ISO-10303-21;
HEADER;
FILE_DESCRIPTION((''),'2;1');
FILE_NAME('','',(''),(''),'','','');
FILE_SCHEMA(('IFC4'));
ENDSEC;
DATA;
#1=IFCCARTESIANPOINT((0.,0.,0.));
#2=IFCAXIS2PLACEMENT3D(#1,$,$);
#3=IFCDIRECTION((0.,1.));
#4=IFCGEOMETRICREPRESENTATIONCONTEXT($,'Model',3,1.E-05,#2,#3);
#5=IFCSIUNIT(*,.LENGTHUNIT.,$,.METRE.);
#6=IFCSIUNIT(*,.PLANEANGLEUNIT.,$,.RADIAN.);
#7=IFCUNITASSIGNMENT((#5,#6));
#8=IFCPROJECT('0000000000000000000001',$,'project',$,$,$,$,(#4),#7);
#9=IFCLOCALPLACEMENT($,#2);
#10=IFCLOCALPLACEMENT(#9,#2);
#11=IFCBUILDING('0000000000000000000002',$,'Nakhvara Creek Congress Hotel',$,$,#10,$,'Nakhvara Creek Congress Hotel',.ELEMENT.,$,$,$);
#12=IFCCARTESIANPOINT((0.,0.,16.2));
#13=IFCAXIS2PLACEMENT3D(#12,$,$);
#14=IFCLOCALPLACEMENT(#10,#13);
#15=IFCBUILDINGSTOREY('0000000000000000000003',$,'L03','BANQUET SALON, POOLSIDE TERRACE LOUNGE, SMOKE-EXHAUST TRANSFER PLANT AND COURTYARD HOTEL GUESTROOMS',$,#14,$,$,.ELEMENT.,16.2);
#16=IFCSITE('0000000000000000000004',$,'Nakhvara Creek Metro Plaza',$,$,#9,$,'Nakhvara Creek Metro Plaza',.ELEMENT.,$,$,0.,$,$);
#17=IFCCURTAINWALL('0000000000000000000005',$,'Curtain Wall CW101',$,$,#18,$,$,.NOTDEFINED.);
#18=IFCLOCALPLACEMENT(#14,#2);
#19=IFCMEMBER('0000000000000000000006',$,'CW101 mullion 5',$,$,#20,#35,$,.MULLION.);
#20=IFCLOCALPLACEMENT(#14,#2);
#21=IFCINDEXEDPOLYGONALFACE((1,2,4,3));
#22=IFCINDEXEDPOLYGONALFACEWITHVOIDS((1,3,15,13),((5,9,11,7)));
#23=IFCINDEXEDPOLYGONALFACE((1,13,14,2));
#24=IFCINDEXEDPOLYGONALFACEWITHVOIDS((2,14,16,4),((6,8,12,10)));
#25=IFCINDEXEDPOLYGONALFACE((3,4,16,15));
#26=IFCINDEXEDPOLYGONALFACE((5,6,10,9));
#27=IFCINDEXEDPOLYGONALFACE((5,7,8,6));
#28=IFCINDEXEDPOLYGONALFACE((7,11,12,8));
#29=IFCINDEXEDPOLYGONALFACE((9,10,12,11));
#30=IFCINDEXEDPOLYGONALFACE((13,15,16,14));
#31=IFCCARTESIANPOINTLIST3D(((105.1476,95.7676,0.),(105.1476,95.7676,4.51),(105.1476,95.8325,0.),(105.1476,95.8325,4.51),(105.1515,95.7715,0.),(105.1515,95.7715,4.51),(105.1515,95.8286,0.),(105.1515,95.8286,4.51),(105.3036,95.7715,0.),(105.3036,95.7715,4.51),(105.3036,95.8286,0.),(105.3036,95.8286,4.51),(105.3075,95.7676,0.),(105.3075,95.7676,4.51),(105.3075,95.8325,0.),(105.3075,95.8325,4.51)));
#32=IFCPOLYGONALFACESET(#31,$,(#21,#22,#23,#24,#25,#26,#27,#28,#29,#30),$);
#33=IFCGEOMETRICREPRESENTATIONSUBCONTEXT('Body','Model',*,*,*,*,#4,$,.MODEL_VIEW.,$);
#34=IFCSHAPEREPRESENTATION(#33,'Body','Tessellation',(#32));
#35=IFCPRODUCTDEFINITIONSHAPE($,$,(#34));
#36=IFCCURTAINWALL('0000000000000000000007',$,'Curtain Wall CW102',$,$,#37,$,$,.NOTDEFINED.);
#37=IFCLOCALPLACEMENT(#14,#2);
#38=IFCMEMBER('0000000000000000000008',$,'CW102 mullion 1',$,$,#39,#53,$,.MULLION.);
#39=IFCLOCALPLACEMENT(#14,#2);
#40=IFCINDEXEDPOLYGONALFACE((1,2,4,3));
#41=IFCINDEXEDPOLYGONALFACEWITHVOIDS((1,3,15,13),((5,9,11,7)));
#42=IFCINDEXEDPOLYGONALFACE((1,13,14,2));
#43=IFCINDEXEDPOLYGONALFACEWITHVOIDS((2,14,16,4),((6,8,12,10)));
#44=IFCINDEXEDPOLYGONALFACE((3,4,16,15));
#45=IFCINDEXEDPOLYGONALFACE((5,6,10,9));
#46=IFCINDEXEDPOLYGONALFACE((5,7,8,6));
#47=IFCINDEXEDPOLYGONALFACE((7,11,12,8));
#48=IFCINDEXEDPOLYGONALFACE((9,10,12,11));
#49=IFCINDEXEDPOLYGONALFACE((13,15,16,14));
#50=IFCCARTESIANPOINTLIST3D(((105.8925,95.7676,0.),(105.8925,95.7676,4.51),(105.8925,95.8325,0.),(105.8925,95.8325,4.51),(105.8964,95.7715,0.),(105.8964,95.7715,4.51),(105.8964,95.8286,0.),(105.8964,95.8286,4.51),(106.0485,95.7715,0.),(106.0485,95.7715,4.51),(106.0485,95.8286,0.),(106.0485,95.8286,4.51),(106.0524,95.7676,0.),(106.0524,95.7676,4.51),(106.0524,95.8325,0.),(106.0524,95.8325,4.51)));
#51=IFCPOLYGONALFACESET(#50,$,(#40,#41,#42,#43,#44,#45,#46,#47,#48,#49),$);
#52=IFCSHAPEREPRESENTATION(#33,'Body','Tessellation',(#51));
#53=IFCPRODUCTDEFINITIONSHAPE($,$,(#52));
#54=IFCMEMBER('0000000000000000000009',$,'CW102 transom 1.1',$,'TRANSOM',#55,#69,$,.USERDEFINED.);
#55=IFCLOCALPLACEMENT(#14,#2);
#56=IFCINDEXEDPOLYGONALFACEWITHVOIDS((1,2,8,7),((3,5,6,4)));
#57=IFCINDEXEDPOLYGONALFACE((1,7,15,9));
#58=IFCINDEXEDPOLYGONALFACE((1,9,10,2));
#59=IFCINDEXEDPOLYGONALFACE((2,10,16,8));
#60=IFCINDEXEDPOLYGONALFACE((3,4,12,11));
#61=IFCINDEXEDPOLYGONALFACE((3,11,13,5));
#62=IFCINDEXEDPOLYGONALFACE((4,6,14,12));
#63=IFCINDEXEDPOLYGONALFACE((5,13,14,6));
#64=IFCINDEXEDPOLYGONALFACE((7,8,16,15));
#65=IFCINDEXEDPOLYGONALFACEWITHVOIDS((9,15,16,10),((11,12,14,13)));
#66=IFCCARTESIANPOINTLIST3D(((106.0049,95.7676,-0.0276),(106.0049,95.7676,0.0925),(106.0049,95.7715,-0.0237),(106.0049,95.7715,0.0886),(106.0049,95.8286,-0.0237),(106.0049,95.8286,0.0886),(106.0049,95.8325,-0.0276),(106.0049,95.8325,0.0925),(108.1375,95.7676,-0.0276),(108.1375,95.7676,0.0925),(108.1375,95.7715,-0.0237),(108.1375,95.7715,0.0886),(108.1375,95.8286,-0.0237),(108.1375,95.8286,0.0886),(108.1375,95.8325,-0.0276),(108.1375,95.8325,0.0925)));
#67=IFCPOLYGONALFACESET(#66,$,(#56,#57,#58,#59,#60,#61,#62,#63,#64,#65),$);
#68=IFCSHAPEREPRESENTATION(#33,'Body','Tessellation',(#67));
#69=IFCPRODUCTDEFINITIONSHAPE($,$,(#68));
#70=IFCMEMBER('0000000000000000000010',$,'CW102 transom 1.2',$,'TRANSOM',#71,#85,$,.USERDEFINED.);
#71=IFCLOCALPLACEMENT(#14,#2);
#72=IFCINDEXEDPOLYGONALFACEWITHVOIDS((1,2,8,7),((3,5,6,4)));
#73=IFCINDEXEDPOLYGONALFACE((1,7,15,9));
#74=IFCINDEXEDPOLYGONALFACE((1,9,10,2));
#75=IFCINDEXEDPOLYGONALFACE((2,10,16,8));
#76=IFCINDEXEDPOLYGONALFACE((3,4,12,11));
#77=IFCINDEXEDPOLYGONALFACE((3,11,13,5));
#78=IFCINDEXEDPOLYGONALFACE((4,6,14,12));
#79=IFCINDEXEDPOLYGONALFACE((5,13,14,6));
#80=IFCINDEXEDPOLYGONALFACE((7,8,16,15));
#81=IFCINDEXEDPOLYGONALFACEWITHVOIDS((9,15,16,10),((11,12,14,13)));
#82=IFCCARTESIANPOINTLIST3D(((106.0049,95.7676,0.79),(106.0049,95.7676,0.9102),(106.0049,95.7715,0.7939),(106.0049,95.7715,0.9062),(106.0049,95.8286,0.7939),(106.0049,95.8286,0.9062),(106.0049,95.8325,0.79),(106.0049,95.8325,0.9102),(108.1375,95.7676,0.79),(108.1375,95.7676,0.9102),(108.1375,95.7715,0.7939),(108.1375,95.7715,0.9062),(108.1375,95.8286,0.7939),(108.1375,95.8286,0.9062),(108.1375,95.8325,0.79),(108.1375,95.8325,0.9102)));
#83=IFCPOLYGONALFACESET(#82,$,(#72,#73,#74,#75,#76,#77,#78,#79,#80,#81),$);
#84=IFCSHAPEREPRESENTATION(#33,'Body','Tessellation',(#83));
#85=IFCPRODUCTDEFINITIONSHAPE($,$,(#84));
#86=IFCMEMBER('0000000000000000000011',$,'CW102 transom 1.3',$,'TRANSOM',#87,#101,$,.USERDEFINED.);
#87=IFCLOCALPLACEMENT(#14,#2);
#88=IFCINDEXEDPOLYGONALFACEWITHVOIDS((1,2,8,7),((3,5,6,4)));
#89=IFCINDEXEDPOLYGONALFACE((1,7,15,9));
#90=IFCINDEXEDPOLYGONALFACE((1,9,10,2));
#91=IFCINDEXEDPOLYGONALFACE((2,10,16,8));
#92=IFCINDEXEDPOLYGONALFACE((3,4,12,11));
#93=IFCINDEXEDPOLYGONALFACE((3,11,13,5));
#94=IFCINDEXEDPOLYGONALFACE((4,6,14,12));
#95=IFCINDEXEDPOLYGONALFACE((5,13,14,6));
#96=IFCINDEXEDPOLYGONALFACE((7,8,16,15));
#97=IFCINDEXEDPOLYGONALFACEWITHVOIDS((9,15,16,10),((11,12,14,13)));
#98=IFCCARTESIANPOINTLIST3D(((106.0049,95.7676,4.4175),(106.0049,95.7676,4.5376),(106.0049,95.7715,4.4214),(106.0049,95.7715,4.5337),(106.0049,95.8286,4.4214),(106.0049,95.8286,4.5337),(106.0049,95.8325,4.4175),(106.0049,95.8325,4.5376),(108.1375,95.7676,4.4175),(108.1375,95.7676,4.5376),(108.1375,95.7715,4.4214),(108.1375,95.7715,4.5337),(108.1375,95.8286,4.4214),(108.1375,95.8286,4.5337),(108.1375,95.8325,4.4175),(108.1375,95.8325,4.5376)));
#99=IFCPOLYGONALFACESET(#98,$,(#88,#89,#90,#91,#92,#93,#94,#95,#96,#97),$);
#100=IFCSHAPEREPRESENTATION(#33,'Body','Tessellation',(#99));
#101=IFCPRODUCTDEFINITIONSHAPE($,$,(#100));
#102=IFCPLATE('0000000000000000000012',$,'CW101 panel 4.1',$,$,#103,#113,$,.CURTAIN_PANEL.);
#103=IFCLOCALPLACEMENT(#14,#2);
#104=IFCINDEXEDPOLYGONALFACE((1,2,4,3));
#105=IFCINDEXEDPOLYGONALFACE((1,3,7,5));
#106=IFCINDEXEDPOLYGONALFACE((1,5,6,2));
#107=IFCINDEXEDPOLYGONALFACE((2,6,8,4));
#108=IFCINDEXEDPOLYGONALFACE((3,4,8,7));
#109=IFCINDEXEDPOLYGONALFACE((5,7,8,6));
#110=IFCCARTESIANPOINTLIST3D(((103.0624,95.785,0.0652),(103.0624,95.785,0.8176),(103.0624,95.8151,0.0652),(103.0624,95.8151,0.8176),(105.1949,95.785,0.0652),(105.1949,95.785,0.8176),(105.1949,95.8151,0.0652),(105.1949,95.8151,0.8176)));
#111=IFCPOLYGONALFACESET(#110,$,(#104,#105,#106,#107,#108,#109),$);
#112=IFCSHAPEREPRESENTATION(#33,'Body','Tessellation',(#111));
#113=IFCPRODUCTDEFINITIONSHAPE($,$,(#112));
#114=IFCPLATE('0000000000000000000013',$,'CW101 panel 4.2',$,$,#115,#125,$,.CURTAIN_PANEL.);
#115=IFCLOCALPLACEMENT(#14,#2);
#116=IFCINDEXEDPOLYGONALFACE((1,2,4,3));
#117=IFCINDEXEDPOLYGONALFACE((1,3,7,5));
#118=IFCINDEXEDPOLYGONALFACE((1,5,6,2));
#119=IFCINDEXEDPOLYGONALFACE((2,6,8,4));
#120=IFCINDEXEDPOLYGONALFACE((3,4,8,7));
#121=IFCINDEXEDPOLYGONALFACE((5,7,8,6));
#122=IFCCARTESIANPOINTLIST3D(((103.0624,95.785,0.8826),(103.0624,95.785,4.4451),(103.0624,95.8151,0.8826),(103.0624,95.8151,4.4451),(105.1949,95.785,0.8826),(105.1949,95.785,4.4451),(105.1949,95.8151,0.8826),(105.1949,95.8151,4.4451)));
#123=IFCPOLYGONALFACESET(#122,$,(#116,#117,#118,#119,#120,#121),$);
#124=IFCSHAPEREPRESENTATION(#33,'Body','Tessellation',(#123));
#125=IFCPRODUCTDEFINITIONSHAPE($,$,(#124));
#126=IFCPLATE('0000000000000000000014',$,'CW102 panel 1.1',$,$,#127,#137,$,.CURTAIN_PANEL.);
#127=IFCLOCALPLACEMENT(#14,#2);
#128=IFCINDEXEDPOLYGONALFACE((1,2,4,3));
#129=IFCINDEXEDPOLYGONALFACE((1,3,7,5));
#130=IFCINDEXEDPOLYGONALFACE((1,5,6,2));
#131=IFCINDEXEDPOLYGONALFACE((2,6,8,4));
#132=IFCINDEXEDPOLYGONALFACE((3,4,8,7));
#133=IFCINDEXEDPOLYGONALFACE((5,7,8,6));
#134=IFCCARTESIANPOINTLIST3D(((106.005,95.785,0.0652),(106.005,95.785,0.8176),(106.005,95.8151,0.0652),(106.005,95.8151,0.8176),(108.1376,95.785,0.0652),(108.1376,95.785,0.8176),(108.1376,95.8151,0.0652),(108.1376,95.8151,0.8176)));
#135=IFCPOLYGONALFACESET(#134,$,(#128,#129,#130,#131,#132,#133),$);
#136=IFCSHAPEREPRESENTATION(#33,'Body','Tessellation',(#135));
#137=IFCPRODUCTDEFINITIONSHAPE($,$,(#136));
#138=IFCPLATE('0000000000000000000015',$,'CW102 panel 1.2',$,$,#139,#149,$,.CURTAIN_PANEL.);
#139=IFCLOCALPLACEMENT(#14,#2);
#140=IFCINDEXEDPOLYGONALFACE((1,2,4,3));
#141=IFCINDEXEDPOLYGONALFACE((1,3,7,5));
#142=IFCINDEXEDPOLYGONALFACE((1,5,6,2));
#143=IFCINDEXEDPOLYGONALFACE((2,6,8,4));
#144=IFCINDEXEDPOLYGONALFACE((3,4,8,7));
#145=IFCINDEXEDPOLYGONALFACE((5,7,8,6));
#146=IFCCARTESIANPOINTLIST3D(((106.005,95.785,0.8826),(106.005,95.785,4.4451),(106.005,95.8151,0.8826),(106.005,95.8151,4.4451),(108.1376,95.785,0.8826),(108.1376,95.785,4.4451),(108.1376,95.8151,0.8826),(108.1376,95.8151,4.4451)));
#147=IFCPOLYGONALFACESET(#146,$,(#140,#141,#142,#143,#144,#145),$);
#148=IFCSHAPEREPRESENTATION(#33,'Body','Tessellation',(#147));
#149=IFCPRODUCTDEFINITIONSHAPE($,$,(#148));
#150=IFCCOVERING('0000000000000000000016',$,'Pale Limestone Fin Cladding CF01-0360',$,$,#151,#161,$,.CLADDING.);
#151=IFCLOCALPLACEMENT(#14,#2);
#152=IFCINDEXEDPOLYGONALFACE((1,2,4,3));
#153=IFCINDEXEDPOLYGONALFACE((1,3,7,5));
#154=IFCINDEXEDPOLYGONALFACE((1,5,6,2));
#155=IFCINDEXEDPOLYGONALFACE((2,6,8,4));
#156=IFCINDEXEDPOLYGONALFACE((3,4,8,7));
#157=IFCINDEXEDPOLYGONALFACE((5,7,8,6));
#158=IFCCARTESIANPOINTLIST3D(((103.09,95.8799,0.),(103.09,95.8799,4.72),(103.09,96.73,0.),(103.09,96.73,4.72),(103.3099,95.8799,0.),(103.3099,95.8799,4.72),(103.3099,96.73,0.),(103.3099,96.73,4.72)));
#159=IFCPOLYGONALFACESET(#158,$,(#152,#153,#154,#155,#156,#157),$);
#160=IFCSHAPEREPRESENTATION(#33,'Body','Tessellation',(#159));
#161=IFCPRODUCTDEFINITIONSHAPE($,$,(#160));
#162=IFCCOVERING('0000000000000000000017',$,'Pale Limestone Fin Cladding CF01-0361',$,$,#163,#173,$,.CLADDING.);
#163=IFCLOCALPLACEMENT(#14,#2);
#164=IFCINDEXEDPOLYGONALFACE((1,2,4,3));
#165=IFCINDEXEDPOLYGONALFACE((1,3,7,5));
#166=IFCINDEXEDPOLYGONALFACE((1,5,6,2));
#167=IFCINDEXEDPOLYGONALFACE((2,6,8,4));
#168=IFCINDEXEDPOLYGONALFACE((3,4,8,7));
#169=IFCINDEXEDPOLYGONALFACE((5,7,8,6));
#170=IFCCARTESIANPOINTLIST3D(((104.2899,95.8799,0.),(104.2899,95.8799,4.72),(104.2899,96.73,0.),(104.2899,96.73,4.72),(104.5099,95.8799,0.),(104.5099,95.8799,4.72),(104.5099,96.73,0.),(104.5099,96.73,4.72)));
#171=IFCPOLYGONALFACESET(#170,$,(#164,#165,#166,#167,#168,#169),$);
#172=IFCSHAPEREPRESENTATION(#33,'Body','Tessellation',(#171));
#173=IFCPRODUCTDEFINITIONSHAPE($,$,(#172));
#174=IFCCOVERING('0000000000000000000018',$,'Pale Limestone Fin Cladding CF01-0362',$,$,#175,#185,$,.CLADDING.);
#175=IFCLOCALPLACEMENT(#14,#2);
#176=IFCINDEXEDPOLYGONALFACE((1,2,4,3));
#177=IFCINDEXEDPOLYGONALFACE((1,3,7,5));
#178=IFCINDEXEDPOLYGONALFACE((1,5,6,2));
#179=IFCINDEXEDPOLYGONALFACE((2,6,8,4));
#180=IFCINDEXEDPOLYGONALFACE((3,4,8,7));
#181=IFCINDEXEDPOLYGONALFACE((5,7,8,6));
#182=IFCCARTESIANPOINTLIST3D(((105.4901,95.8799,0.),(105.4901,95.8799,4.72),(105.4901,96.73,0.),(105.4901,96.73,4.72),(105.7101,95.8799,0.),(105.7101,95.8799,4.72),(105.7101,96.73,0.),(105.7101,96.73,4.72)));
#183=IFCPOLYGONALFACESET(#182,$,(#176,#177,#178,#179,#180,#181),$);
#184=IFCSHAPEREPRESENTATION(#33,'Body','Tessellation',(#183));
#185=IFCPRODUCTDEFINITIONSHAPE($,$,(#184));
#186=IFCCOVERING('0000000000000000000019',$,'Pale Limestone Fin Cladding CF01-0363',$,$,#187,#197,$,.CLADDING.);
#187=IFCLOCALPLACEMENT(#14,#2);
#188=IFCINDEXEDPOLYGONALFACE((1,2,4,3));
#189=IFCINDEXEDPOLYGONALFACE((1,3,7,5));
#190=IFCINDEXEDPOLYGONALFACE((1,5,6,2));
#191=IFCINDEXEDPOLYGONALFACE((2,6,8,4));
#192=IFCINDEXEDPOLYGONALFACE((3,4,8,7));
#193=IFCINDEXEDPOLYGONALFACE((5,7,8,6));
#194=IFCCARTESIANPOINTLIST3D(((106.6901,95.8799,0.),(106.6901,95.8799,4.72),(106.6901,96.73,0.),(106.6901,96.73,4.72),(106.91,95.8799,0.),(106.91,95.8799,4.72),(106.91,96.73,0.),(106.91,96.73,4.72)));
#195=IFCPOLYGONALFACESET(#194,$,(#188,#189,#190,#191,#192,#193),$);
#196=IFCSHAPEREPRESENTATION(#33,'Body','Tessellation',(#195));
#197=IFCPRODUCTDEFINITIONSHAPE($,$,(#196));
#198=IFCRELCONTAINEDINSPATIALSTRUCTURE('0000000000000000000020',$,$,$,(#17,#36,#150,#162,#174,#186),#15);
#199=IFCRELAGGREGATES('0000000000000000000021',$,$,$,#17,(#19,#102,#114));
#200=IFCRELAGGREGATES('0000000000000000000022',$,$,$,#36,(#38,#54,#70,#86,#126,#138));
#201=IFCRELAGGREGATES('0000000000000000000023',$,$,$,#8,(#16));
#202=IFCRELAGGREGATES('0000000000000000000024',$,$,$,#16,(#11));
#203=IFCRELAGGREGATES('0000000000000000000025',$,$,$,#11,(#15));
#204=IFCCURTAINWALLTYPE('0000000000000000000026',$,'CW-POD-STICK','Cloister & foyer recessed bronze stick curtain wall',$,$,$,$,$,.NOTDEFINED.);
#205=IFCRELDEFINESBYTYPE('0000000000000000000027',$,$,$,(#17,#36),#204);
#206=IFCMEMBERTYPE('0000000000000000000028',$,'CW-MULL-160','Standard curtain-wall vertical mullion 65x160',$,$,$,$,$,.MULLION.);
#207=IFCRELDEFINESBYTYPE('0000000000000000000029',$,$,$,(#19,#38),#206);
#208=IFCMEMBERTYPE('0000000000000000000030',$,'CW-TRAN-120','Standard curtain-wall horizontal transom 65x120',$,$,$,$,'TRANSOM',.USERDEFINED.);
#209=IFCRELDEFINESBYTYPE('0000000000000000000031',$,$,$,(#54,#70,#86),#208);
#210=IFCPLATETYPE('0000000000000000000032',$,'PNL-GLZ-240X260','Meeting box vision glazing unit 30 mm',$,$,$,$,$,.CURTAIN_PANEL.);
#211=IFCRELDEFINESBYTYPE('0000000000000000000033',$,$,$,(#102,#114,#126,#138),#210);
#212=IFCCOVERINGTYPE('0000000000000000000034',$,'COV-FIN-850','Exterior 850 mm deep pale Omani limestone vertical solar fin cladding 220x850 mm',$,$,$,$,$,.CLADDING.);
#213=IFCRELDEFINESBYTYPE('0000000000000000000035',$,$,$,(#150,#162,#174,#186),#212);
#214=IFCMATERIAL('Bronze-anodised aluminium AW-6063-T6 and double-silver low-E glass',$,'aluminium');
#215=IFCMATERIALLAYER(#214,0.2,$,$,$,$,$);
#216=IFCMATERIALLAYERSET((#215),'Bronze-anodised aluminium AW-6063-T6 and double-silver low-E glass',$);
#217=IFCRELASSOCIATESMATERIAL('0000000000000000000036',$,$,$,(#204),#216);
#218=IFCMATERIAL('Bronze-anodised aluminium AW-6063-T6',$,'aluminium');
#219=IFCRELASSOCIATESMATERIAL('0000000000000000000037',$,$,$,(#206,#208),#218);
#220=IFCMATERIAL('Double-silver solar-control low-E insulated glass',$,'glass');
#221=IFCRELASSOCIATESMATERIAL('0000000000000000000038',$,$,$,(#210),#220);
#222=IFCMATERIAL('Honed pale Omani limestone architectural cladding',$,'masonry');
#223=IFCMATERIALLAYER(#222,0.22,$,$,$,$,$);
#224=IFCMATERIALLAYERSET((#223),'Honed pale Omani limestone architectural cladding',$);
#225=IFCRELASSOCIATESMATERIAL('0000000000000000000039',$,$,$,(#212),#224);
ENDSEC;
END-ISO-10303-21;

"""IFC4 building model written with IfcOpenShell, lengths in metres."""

from ifc_helpers import new_model, si_unit, direction, frame, origin, origin_2d, place, context, subcontext, project, spatial, rectangle, hollow_rectangle, extrude, material, layer, layer_set, material_profile, profile_set, type_object, element, aggregate, save


model = new_model("IFC4")

# Units and contexts
model_context = context("Model", 3, precision=1e-05, world=origin(), true_north=direction((0.0, 1.0)))
body_context = subcontext(model_context, "Body", "Model", "MODEL_VIEW")
ifc_project = project(units=[si_unit("LENGTHUNIT", "METRE"), si_unit("PLANEANGLEUNIT", "RADIAN")], contexts=[model_context])

# Site, building, storey
site_placement = place(None, origin())
site = spatial("IfcSite", under=ifc_project, at=site_placement, Name="Nakhvara Creek Metro Plaza", LongName="Nakhvara Creek Metro Plaza", CompositionType="ELEMENT", RefElevation=0.0)
building_placement = place(site_placement, origin())
building = spatial("IfcBuilding", under=site, at=building_placement, Name="Nakhvara Creek Congress Hotel", LongName="Nakhvara Creek Congress Hotel", CompositionType="ELEMENT")
storey_placement = place(building_placement, frame((0.0, 0.0, 16.2)))
storey = spatial("IfcBuildingStorey", under=building, at=storey_placement, Name="L03", Description="BANQUET SALON, POOLSIDE TERRACE LOUNGE, SMOKE-EXHAUST TRANSFER PLANT AND COURTYARD HOTEL GUESTROOMS", CompositionType="ELEMENT", Elevation=16.2)

# Curtain wall, member
ifc_material_1 = material(Name="Bronze-anodised aluminium AW-6063-T6 and double-silver low-E glass", Category="aluminium")
ifc_layer_1 = layer(ifc_material_1, 0.2)
ifc_layer_set_1 = layer_set([ifc_layer_1], Name="Bronze-anodised aluminium AW-6063-T6 and double-silver low-E glass")
curtain_wall_type = type_object("IfcCurtainWallType", Name="CW-POD-STICK", Description="Cloister & foyer recessed bronze stick curtain wall", PredefinedType="NOTDEFINED", material=ifc_layer_set_1)
curtain_wall_1_placement = place(storey_placement, origin())
curtain_wall_1 = element("IfcCurtainWall", 1, at=curtain_wall_1_placement, inside=storey, type_object=curtain_wall_type, Name="Curtain Wall CW101", PredefinedType="NOTDEFINED")
ifc_material_2 = material(Name="Bronze-anodised aluminium AW-6063-T6", Category="aluminium")
ifc_material_profile_1 = material_profile(ifc_material_2, hollow_rectangle(XDim=0.0649, YDim=0.1599, WallThickness=0.0039, at=origin_2d()), Name="ALU-MULL 65x160x4", Category="LoadBearing")
ifc_profile_set_1 = profile_set([ifc_material_profile_1], Name="Bronze-anodised aluminium AW-6063-T6")
member_type_1 = type_object("IfcMemberType", Name="CW-MULL-160", Description="Standard curtain-wall vertical mullion 65x160", PredefinedType="MULLION", material=ifc_profile_set_1)
member_1_placement = place(storey_placement, frame((105.2275, 95.8, 0.0), z_axis=(0.0, 0.0, 1.0), x_axis=(0.0, 1.0, 0.0)))
member_1 = element("IfcMember", 2, at=member_1_placement, type_object=member_type_1, Name="CW101 mullion 5", PredefinedType="MULLION", context=body_context, shape_type="SweptSolid", body=[
    extrude(hollow_rectangle(XDim=0.0649, YDim=0.1599, WallThickness=0.0039, at=origin_2d()), origin(), (0.0, 0.0, 1.0), 4.51),
])

# Curtain wall, members
curtain_wall_2_placement = place(storey_placement, origin())
curtain_wall_2 = element("IfcCurtainWall", 3, at=curtain_wall_2_placement, inside=storey, type_object=curtain_wall_type, Name="Curtain Wall CW102", PredefinedType="NOTDEFINED")
member_2_placement = place(storey_placement, frame((105.9724, 95.8, 0.0), z_axis=(0.0, 0.0, 1.0), x_axis=(0.0, 1.0, 0.0)))
member_2 = element("IfcMember", 4, at=member_2_placement, type_object=member_type_1, Name="CW102 mullion 1", PredefinedType="MULLION", context=body_context, shape_type="SweptSolid", body=[
    extrude(hollow_rectangle(XDim=0.0649, YDim=0.1599, WallThickness=0.0039, at=origin_2d()), origin(), (0.0, 0.0, 1.0), 4.51),
])
ifc_material_profile_2 = material_profile(ifc_material_2, hollow_rectangle(XDim=0.0649, YDim=0.1201, WallThickness=0.0039, at=origin_2d()), Name="ALU-TRAN 65x120x4", Category="LoadBearing")
ifc_profile_set_2 = profile_set([ifc_material_profile_2], Name="Bronze-anodised aluminium AW-6063-T6")
member_type_2 = type_object("IfcMemberType", Name="CW-TRAN-120", Description="Standard curtain-wall horizontal transom 65x120", ElementType="TRANSOM", PredefinedType="USERDEFINED", material=ifc_profile_set_2)
member_3_placement = place(storey_placement, frame((106.0049, 95.8, 0.0325), z_axis=(1.0, 0.0, 0.0), x_axis=(0.0, 1.0, 0.0)))
member_3 = element("IfcMember", 5, at=member_3_placement, type_object=member_type_2, Name="CW102 transom 1.1", ObjectType="TRANSOM", PredefinedType="USERDEFINED", context=body_context, shape_type="SweptSolid", body=[
    extrude(hollow_rectangle(XDim=0.0649, YDim=0.1201, WallThickness=0.0039, at=origin_2d()), origin(), (0.0, 0.0, 1.0), 2.1326),
])
member_4_placement = place(storey_placement, frame((106.0049, 95.8, 0.8501), z_axis=(1.0, 0.0, 0.0), x_axis=(0.0, 1.0, 0.0)))
member_4 = element("IfcMember", 6, at=member_4_placement, type_object=member_type_2, Name="CW102 transom 1.2", ObjectType="TRANSOM", PredefinedType="USERDEFINED", context=body_context, shape_type="SweptSolid", body=[
    extrude(hollow_rectangle(XDim=0.0649, YDim=0.1201, WallThickness=0.0039, at=origin_2d()), origin(), (0.0, 0.0, 1.0), 2.1326),
])
member_5_placement = place(storey_placement, frame((106.0049, 95.8, 4.4775), z_axis=(1.0, 0.0, 0.0), x_axis=(0.0, 1.0, 0.0)))
member_5 = element("IfcMember", 7, at=member_5_placement, type_object=member_type_2, Name="CW102 transom 1.3", ObjectType="TRANSOM", PredefinedType="USERDEFINED", context=body_context, shape_type="SweptSolid", body=[
    extrude(hollow_rectangle(XDim=0.0649, YDim=0.1201, WallThickness=0.0039, at=origin_2d()), origin(), (0.0, 0.0, 1.0), 2.1326),
])

# Plates
ifc_material_3 = material(Name="Double-silver solar-control low-E insulated glass", Category="glass")
plate_type = type_object("IfcPlateType", Name="PNL-GLZ-240X260", Description="Meeting box vision glazing unit 30 mm", PredefinedType="CURTAIN_PANEL", material=ifc_material_3)
plate_1_placement = place(storey_placement, frame((104.1287, 95.8, 0.0652), z_axis=(0.0, 0.0, 1.0), x_axis=(1.0, 0.0, 0.0)))
plate_1 = element("IfcPlate", 8, at=plate_1_placement, type_object=plate_type, Name="CW101 panel 4.1", PredefinedType="CURTAIN_PANEL", context=body_context, shape_type="SweptSolid", body=[
    extrude(rectangle(XDim=2.1326, YDim=0.03, at=origin_2d()), origin(), (0.0, 0.0, 1.0), 0.7524),
])
plate_2_placement = place(storey_placement, frame((104.1287, 95.8, 0.8826), z_axis=(0.0, 0.0, 1.0), x_axis=(1.0, 0.0, 0.0)))
plate_2 = element("IfcPlate", 9, at=plate_2_placement, type_object=plate_type, Name="CW101 panel 4.2", PredefinedType="CURTAIN_PANEL", context=body_context, shape_type="SweptSolid", body=[
    extrude(rectangle(XDim=2.1326, YDim=0.03, at=origin_2d()), origin(), (0.0, 0.0, 1.0), 3.5625),
])
aggregate(curtain_wall_1, [member_1, plate_1, plate_2])
plate_3_placement = place(storey_placement, frame((107.0713, 95.8, 0.0652), z_axis=(0.0, 0.0, 1.0), x_axis=(1.0, 0.0, 0.0)))
plate_3 = element("IfcPlate", 10, at=plate_3_placement, type_object=plate_type, Name="CW102 panel 1.1", PredefinedType="CURTAIN_PANEL", context=body_context, shape_type="SweptSolid", body=[
    extrude(rectangle(XDim=2.1326, YDim=0.03, at=origin_2d()), origin(), (0.0, 0.0, 1.0), 0.7524),
])
plate_4_placement = place(storey_placement, frame((107.0713, 95.8, 0.8826), z_axis=(0.0, 0.0, 1.0), x_axis=(1.0, 0.0, 0.0)))
plate_4 = element("IfcPlate", 11, at=plate_4_placement, type_object=plate_type, Name="CW102 panel 1.2", PredefinedType="CURTAIN_PANEL", context=body_context, shape_type="SweptSolid", body=[
    extrude(rectangle(XDim=2.1326, YDim=0.03, at=origin_2d()), origin(), (0.0, 0.0, 1.0), 3.5625),
])
aggregate(curtain_wall_2, [member_2, member_3, member_4, member_5, plate_3, plate_4])

# Coverings
ifc_material_4 = material(Name="Honed pale Omani limestone architectural cladding", Category="masonry")
ifc_layer_2 = layer(ifc_material_4, 0.22)
ifc_layer_set_2 = layer_set([ifc_layer_2], Name="Honed pale Omani limestone architectural cladding")
covering_type = type_object("IfcCoveringType", Name="COV-FIN-850", Description="Exterior 850 mm deep pale Omani limestone vertical solar fin cladding 220x850 mm", PredefinedType="CLADDING", material=ifc_layer_set_2)
for number, where, z_axis, x_axis, name in (
    (12, (103.2, 96.3049, 0.0), (0.0, 0.0, 1.0), (1.0, 0.0, 0.0), "Pale Limestone Fin Cladding CF01-0360"),
    (13, (104.3999, 96.3049, 0.0), (0.0, 0.0, 1.0), (1.0, 0.0, 0.0), "Pale Limestone Fin Cladding CF01-0361"),
    (14, (105.6001, 96.3049, 0.0), (0.0, 0.0, 1.0), (1.0, 0.0, 0.0), "Pale Limestone Fin Cladding CF01-0362"),
    (15, (106.8, 96.3049, 0.0), (0.0, 0.0, 1.0), (1.0, 0.0, 0.0), "Pale Limestone Fin Cladding CF01-0363"),
):
    element("IfcCovering", number, at=place(storey_placement, frame(where, z_axis=z_axis, x_axis=x_axis)), inside=storey, type_object=covering_type, Name=name, PredefinedType="CLADDING", context=body_context, shape_type="SweptSolid", body=[
        extrude(rectangle(XDim=0.22, YDim=0.8501, at=origin_2d()), origin(), (0.0, 0.0, 1.0), 4.72),
    ])

save(model, "model.ifc")
